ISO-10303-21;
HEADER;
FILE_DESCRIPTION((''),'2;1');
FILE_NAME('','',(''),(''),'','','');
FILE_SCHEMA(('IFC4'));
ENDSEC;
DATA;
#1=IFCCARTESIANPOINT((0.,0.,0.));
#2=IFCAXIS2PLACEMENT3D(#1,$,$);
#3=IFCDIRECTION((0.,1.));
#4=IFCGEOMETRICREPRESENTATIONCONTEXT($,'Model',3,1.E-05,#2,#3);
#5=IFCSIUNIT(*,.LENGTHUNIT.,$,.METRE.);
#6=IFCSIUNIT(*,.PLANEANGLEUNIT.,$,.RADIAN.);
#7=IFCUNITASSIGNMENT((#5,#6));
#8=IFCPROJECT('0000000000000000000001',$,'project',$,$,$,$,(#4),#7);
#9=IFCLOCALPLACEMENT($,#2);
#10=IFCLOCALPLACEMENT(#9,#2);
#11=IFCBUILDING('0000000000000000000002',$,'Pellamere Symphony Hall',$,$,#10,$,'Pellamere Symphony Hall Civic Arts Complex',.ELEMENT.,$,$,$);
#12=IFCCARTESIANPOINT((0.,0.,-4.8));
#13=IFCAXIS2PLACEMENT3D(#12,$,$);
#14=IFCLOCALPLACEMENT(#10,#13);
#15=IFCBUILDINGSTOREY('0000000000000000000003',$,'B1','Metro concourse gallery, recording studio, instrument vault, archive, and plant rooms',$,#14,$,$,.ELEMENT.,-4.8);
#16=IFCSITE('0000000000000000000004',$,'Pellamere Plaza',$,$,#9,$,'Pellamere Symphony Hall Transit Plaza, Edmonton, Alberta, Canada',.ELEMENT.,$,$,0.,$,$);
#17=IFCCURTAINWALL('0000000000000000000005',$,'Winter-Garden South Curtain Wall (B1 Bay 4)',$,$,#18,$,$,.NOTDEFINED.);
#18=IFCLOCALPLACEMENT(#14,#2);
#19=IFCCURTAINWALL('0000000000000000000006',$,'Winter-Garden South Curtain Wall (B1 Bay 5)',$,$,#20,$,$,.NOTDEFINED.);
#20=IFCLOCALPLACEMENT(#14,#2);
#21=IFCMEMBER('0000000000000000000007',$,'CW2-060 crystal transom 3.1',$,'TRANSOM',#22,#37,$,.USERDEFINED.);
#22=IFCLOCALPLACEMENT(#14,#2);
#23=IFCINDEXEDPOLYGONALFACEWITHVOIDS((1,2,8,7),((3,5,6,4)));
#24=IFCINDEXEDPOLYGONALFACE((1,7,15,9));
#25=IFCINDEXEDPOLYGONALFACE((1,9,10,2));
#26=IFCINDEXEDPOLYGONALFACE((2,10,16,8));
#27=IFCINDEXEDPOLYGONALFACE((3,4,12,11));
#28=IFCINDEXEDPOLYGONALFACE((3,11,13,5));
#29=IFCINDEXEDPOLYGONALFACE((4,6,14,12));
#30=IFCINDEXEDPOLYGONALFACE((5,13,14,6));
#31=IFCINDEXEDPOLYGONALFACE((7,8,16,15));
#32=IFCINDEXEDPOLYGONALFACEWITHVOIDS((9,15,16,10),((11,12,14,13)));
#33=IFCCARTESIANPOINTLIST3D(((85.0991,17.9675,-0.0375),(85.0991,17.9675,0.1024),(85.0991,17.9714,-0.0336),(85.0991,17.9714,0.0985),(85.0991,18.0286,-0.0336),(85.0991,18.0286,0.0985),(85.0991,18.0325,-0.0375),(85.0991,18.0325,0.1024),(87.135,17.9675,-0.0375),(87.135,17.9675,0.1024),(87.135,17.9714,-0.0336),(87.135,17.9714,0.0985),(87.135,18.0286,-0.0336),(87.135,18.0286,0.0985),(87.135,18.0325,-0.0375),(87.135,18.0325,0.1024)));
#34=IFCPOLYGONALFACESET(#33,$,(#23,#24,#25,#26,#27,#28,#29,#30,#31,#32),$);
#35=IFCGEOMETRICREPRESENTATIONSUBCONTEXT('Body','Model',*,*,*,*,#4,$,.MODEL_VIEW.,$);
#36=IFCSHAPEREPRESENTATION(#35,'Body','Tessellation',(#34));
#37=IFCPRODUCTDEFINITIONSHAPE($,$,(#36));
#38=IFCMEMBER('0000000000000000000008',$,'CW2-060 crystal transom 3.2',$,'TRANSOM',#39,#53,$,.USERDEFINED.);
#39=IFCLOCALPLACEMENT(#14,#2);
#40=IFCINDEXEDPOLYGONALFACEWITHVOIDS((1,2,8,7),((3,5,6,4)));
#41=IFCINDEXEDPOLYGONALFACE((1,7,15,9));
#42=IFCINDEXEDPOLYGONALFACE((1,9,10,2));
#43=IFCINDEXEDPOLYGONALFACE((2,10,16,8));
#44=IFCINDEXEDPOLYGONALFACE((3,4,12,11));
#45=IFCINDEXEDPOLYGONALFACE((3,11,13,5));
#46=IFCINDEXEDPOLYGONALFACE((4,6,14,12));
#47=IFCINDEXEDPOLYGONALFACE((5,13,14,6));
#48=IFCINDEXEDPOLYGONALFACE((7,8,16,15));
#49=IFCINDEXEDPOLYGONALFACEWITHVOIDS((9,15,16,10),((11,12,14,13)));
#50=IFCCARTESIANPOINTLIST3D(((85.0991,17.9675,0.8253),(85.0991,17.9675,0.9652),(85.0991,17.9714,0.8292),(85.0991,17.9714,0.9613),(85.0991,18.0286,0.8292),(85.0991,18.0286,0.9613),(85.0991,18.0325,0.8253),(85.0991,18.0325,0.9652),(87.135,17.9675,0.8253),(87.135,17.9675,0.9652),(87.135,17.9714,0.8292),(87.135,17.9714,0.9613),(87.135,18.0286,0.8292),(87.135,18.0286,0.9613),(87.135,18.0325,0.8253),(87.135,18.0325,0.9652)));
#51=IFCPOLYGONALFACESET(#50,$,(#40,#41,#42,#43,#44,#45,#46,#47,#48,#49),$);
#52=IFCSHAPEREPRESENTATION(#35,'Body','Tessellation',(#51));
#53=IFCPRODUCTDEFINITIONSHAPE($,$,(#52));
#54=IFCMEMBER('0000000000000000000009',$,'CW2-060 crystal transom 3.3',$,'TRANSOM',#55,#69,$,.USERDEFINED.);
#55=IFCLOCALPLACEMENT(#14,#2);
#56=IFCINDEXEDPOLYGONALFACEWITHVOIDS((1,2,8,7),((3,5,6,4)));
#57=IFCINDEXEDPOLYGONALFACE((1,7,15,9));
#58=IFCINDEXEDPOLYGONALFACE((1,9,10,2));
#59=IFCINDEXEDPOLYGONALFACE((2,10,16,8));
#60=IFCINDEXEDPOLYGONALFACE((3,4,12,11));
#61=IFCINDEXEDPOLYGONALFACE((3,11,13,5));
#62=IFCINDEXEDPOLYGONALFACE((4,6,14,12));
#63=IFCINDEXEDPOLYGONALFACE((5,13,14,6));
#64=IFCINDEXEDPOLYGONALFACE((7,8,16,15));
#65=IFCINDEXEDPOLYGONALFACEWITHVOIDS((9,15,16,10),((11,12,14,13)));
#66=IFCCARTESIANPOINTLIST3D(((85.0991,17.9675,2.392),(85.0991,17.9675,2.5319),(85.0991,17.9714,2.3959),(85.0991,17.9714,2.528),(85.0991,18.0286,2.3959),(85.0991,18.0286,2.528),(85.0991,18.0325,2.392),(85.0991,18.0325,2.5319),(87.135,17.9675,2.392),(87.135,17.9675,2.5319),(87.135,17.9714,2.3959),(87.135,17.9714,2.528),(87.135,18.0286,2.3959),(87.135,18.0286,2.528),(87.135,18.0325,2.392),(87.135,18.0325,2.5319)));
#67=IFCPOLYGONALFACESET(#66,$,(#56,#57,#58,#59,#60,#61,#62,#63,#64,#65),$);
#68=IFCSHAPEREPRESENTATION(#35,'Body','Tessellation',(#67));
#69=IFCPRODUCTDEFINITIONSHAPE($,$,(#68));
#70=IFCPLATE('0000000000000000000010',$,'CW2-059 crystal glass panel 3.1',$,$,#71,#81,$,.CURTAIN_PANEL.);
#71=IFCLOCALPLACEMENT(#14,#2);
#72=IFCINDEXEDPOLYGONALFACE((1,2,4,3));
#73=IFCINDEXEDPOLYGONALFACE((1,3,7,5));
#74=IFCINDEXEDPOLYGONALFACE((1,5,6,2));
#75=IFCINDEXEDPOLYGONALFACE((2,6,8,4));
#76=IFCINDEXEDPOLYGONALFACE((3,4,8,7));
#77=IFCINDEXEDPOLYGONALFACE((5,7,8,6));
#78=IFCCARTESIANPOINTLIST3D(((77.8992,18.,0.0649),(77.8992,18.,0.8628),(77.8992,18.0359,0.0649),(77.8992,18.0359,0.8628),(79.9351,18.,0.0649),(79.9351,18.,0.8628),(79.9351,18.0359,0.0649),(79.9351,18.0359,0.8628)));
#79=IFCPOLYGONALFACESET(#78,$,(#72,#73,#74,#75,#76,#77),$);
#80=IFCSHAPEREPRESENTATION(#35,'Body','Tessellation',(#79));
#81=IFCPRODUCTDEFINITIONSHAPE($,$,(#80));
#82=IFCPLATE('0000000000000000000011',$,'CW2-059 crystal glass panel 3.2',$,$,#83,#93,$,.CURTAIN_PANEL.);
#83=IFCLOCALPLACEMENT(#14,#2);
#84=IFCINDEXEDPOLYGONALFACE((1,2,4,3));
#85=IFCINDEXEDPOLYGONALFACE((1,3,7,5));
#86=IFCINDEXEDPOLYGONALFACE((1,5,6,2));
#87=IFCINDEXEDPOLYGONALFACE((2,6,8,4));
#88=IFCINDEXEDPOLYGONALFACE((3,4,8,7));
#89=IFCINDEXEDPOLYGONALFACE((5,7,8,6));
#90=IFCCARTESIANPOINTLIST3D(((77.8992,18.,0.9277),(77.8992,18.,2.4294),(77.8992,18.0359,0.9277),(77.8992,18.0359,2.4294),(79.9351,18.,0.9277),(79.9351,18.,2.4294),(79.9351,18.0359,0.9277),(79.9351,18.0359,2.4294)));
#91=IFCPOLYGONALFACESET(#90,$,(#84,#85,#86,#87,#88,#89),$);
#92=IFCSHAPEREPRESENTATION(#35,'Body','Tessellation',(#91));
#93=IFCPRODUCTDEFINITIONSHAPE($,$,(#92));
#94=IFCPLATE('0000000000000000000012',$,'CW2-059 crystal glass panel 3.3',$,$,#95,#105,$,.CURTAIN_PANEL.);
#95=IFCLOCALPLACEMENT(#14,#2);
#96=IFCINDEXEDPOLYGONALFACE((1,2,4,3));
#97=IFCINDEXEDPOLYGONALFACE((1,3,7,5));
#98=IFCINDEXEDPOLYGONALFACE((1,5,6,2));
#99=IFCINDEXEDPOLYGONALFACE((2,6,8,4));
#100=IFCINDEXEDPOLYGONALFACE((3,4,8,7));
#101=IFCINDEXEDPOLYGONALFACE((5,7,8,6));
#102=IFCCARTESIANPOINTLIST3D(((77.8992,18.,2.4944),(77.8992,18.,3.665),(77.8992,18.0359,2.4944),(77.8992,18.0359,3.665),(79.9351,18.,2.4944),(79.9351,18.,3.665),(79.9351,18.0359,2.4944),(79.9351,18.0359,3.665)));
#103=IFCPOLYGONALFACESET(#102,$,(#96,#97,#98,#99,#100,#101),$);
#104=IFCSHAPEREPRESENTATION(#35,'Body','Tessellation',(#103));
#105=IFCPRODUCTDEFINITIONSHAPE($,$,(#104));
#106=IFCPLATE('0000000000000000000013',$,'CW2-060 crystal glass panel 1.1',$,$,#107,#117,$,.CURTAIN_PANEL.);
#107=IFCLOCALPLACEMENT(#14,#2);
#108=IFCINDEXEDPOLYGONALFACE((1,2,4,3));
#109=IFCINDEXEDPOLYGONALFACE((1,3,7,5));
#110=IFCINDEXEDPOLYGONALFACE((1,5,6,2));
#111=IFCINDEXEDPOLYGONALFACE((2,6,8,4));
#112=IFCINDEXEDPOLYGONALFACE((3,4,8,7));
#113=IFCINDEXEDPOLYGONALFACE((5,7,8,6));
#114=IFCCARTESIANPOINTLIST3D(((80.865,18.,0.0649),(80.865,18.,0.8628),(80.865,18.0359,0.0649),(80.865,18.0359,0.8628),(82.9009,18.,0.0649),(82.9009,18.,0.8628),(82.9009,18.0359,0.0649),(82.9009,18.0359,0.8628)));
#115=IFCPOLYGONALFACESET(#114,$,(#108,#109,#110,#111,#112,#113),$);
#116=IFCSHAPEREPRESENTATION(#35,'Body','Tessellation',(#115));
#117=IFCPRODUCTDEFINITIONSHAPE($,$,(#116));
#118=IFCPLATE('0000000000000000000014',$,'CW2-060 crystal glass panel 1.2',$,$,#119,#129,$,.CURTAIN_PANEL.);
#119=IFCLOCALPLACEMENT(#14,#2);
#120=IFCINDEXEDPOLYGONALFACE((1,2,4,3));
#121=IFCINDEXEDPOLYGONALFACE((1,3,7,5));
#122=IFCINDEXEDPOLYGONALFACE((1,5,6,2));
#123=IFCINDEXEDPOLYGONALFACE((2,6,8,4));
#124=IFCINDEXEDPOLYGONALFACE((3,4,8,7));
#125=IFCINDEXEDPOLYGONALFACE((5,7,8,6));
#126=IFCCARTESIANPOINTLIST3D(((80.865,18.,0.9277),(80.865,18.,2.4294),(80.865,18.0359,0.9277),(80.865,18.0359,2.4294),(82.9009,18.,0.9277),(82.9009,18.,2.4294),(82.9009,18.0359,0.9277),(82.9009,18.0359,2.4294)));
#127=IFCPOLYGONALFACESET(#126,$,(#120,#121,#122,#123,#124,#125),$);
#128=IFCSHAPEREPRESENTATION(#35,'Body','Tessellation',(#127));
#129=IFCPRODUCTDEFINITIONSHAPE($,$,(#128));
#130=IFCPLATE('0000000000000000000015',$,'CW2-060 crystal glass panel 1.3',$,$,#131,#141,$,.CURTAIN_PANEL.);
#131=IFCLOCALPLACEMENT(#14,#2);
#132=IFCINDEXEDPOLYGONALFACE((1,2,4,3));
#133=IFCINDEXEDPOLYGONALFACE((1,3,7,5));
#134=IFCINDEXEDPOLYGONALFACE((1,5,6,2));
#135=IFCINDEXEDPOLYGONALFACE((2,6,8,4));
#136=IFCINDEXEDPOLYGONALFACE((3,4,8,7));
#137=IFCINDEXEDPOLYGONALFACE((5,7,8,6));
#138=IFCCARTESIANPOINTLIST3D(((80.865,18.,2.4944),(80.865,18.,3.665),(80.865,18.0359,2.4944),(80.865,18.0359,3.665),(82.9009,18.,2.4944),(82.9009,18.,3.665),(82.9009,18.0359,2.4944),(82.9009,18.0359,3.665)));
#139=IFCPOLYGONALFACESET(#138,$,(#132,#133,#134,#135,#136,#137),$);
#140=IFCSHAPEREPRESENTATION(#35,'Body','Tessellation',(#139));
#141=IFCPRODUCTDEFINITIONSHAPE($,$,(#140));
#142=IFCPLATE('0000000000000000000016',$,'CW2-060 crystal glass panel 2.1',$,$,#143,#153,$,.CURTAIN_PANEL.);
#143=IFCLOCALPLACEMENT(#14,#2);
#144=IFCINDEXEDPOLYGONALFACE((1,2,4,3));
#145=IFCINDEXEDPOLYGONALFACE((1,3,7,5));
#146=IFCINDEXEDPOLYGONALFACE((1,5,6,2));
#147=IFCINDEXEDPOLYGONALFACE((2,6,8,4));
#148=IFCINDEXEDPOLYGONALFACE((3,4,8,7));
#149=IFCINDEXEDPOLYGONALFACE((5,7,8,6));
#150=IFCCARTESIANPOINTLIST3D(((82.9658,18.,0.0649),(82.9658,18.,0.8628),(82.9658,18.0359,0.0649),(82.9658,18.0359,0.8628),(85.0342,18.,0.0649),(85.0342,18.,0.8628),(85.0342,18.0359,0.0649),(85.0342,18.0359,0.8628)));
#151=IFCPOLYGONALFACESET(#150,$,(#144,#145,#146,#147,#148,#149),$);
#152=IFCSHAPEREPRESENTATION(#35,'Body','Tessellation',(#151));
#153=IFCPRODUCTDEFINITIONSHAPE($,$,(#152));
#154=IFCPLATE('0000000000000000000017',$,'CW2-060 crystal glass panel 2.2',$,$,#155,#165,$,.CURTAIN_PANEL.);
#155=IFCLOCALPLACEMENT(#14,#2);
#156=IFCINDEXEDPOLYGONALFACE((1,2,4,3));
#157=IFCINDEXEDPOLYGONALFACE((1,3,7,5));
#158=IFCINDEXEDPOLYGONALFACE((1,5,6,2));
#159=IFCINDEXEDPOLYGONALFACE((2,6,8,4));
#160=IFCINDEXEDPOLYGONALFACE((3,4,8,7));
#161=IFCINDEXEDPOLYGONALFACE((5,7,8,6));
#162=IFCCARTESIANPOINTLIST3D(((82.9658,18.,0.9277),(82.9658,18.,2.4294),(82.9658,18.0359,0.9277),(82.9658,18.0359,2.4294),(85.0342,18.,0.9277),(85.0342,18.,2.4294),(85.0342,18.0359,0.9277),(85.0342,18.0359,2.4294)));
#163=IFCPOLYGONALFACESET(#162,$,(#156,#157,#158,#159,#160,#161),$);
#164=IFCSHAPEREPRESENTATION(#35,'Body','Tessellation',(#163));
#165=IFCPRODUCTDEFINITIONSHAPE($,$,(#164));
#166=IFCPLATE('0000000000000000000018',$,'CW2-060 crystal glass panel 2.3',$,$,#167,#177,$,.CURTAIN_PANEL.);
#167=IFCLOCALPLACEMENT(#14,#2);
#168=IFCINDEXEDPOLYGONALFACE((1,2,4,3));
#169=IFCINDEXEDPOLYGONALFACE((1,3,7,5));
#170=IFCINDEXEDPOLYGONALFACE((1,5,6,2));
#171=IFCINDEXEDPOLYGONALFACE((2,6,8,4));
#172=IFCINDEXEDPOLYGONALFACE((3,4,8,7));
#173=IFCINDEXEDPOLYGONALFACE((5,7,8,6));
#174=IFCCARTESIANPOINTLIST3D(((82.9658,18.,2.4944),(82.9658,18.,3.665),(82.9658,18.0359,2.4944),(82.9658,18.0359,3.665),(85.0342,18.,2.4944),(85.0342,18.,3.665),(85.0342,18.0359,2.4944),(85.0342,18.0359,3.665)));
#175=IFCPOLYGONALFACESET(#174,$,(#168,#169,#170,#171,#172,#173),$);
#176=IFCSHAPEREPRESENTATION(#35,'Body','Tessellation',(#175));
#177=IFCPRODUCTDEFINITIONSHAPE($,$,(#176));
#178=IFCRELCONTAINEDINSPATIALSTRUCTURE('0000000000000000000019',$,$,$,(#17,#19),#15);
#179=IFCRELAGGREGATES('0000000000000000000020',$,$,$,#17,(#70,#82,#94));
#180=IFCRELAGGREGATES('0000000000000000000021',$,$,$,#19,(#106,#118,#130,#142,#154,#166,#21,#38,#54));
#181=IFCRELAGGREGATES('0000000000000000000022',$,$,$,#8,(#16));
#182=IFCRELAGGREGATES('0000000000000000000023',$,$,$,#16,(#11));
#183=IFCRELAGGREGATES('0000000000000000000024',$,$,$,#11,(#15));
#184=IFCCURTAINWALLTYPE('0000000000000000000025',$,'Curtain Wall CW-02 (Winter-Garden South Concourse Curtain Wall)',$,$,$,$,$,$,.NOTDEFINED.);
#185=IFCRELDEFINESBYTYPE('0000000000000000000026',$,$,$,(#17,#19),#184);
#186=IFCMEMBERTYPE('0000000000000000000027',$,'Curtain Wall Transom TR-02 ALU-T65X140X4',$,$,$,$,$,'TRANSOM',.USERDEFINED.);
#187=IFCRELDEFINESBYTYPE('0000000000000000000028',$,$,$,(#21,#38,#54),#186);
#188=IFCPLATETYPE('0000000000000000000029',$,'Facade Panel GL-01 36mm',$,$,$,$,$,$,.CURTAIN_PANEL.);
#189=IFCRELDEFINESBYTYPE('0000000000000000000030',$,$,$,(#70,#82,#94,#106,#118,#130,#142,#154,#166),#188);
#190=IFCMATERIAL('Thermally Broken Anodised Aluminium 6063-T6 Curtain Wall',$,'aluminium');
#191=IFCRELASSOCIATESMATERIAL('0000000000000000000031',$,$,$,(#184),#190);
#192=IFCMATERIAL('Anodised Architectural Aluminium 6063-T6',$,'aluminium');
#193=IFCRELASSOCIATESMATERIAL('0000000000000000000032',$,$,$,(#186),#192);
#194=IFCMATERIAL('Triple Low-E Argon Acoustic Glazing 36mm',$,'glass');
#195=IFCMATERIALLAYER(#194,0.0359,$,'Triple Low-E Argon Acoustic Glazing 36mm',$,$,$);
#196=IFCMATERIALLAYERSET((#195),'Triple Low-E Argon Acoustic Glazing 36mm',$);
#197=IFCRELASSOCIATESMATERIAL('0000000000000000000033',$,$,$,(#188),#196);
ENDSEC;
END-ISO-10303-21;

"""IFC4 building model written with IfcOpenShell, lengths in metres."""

from ifc_helpers import new_model, si_unit, direction, frame, origin, origin_2d, place, context, subcontext, project, spatial, polyline, hollow_rectangle, outline, extrude, material, layer, layer_set, material_profile, profile_set, type_object, element, aggregate, save


model = new_model("IFC4")

# Units and contexts
model_context = context("Model", 3, precision=1e-05, world=origin(), true_north=direction((0.0, 1.0)))
body_context = subcontext(model_context, "Body", "Model", "MODEL_VIEW")
ifc_project = project(units=[si_unit("LENGTHUNIT", "METRE"), si_unit("PLANEANGLEUNIT", "RADIAN")], contexts=[model_context])

# Site, building, storey
site_placement = place(None, origin())
site = spatial("IfcSite", under=ifc_project, at=site_placement, Name="Pellamere Plaza", LongName="Pellamere Symphony Hall Transit Plaza, Edmonton, Alberta, Canada", CompositionType="ELEMENT", RefElevation=0.0)
building_placement = place(site_placement, origin())
building = spatial("IfcBuilding", under=site, at=building_placement, Name="Pellamere Symphony Hall", LongName="Pellamere Symphony Hall Civic Arts Complex", CompositionType="ELEMENT")
storey_placement = place(building_placement, frame((0.0, 0.0, -4.8)))
storey = spatial("IfcBuildingStorey", under=building, at=storey_placement, Name="B1", Description="Metro concourse gallery, recording studio, instrument vault, archive, and plant rooms", CompositionType="ELEMENT", Elevation=-4.8)

# Curtain walls
ifc_material_1 = material(Name="Thermally Broken Anodised Aluminium 6063-T6 Curtain Wall", Category="aluminium")
curtain_wall_type = type_object("IfcCurtainWallType", Name="Curtain Wall CW-02 (Winter-Garden South Concourse Curtain Wall)", PredefinedType="NOTDEFINED", material=ifc_material_1)
curtain_wall_1_placement = place(storey_placement, origin())
curtain_wall_1 = element("IfcCurtainWall", 1, at=curtain_wall_1_placement, inside=storey, type_object=curtain_wall_type, Name="Winter-Garden South Curtain Wall (B1 Bay 4)", PredefinedType="NOTDEFINED")
ifc_material_2 = material(Name="Anodised Architectural Aluminium 6063-T6", Category="aluminium")
curtain_wall_2_placement = place(storey_placement, origin())
curtain_wall_2 = element("IfcCurtainWall", 2, at=curtain_wall_2_placement, inside=storey, type_object=curtain_wall_type, Name="Winter-Garden South Curtain Wall (B1 Bay 5)", PredefinedType="NOTDEFINED")

# Members
ifc_material_profile_1 = material_profile(ifc_material_2, hollow_rectangle(XDim=0.0649, YDim=0.1399, WallThickness=0.0039, at=origin_2d()), Name="ALU-T65X140X4")
ifc_profile_set_1 = profile_set([ifc_material_profile_1], Name="Anodised Architectural Aluminium 6063-T6")
member_type_1 = type_object("IfcMemberType", Name="Curtain Wall Transom TR-02 ALU-T65X140X4", ElementType="TRANSOM", PredefinedType="USERDEFINED", material=ifc_profile_set_1)
member_1_placement = place(storey_placement, frame((85.0991, 18.0, 0.0325), z_axis=(1.0, 0.0, 0.0), x_axis=(0.0, 1.0, 0.0)))
member_1 = element("IfcMember", 3, at=member_1_placement, type_object=member_type_1, Name="CW2-060 crystal transom 3.1", ObjectType="TRANSOM", PredefinedType="USERDEFINED", context=body_context, shape_type="SweptSolid", body=[
    extrude(hollow_rectangle(XDim=0.0649, YDim=0.1399, WallThickness=0.0039, at=origin_2d()), origin(), (0.0, 0.0, 1.0), 2.0359),
])
member_2_placement = place(storey_placement, frame((85.0991, 18.0, 0.8953), z_axis=(1.0, 0.0, 0.0), x_axis=(0.0, 1.0, 0.0)))
member_2 = element("IfcMember", 4, at=member_2_placement, type_object=member_type_1, Name="CW2-060 crystal transom 3.2", ObjectType="TRANSOM", PredefinedType="USERDEFINED", context=body_context, shape_type="SweptSolid", body=[
    extrude(hollow_rectangle(XDim=0.0649, YDim=0.1399, WallThickness=0.0039, at=origin_2d()), origin(), (0.0, 0.0, 1.0), 2.0359),
])
member_3_placement = place(storey_placement, frame((85.0991, 18.0, 2.4619), z_axis=(1.0, 0.0, 0.0), x_axis=(0.0, 1.0, 0.0)))
member_3 = element("IfcMember", 5, at=member_3_placement, type_object=member_type_1, Name="CW2-060 crystal transom 3.3", ObjectType="TRANSOM", PredefinedType="USERDEFINED", context=body_context, shape_type="SweptSolid", body=[
    extrude(hollow_rectangle(XDim=0.0649, YDim=0.1399, WallThickness=0.0039, at=origin_2d()), origin(), (0.0, 0.0, 1.0), 2.0359),
])

# Plates
ifc_material_3 = material(Name="Triple Low-E Argon Acoustic Glazing 36mm", Category="glass")
ifc_layer = layer(ifc_material_3, 0.0359, Name="Triple Low-E Argon Acoustic Glazing 36mm")
ifc_layer_set = layer_set([ifc_layer], Name="Triple Low-E Argon Acoustic Glazing 36mm")
plate_type = type_object("IfcPlateType", Name="Facade Panel GL-01 36mm", PredefinedType="CURTAIN_PANEL", material=ifc_layer_set)
plate_1_placement = place(storey_placement, frame((77.8992, 18.0, 0.0649), z_axis=(0.0, -1.0, 0.0), x_axis=(1.0, 0.0, 0.0)))
plate_1 = element("IfcPlate", 6, at=plate_1_placement, type_object=plate_type, Name="CW2-059 crystal glass panel 3.1", PredefinedType="CURTAIN_PANEL", context=body_context, shape_type="SweptSolid", body=[
    extrude(outline(polyline([(0.0, 0.0), (2.0359, 0.0), (2.0359, 0.7979), (0.0, 0.7979), (0.0, 0.0)])), origin(), (0.0, 0.0, -1.0), 0.0359),
])
plate_2_placement = place(storey_placement, frame((77.8992, 18.0, 0.9277), z_axis=(0.0, -1.0, 0.0), x_axis=(1.0, 0.0, 0.0)))
plate_2 = element("IfcPlate", 7, at=plate_2_placement, type_object=plate_type, Name="CW2-059 crystal glass panel 3.2", PredefinedType="CURTAIN_PANEL", context=body_context, shape_type="SweptSolid", body=[
    extrude(outline(polyline([(0.0, 0.0), (2.0359, 0.0), (2.0359, 1.5017), (0.0, 1.5017), (0.0, 0.0)])), origin(), (0.0, 0.0, -1.0), 0.0359),
])
plate_3_placement = place(storey_placement, frame((77.8992, 18.0, 2.4944), z_axis=(0.0, -1.0, 0.0), x_axis=(1.0, 0.0, 0.0)))
plate_3 = element("IfcPlate", 8, at=plate_3_placement, type_object=plate_type, Name="CW2-059 crystal glass panel 3.3", PredefinedType="CURTAIN_PANEL", context=body_context, shape_type="SweptSolid", body=[
    extrude(outline(polyline([(0.0, 0.0), (2.0359, 0.0), (2.0359, 1.1707), (0.0, 1.1707), (0.0, 0.0)])), origin(), (0.0, 0.0, -1.0), 0.0359),
])
aggregate(curtain_wall_1, [plate_1, plate_2, plate_3])
plate_4_placement = place(storey_placement, frame((80.865, 18.0, 0.0649), z_axis=(0.0, -1.0, 0.0), x_axis=(1.0, 0.0, 0.0)))
plate_4 = element("IfcPlate", 9, at=plate_4_placement, type_object=plate_type, Name="CW2-060 crystal glass panel 1.1", PredefinedType="CURTAIN_PANEL", context=body_context, shape_type="SweptSolid", body=[
    extrude(outline(polyline([(0.0, 0.0), (2.0359, 0.0), (2.0359, 0.7979), (0.0, 0.7979), (0.0, 0.0)])), origin(), (0.0, 0.0, -1.0), 0.0359),
])
plate_5_placement = place(storey_placement, frame((80.865, 18.0, 0.9277), z_axis=(0.0, -1.0, 0.0), x_axis=(1.0, 0.0, 0.0)))
plate_5 = element("IfcPlate", 10, at=plate_5_placement, type_object=plate_type, Name="CW2-060 crystal glass panel 1.2", PredefinedType="CURTAIN_PANEL", context=body_context, shape_type="SweptSolid", body=[
    extrude(outline(polyline([(0.0, 0.0), (2.0359, 0.0), (2.0359, 1.5017), (0.0, 1.5017), (0.0, 0.0)])), origin(), (0.0, 0.0, -1.0), 0.0359),
])
plate_6_placement = place(storey_placement, frame((80.865, 18.0, 2.4944), z_axis=(0.0, -1.0, 0.0), x_axis=(1.0, 0.0, 0.0)))
plate_6 = element("IfcPlate", 11, at=plate_6_placement, type_object=plate_type, Name="CW2-060 crystal glass panel 1.3", PredefinedType="CURTAIN_PANEL", context=body_context, shape_type="SweptSolid", body=[
    extrude(outline(polyline([(0.0, 0.0), (2.0359, 0.0), (2.0359, 1.1707), (0.0, 1.1707), (0.0, 0.0)])), origin(), (0.0, 0.0, -1.0), 0.0359),
])
plate_7_placement = place(storey_placement, frame((82.9658, 18.0, 0.0649), z_axis=(0.0, -1.0, 0.0), x_axis=(1.0, 0.0, 0.0)))
plate_7 = element("IfcPlate", 12, at=plate_7_placement, type_object=plate_type, Name="CW2-060 crystal glass panel 2.1", PredefinedType="CURTAIN_PANEL", context=body_context, shape_type="SweptSolid", body=[
    extrude(outline(polyline([(0.0, 0.0), (2.0684, 0.0), (2.0684, 0.7979), (0.0, 0.7979), (0.0, 0.0)])), origin(), (0.0, 0.0, -1.0), 0.0359),
])
plate_8_placement = place(storey_placement, frame((82.9658, 18.0, 0.9277), z_axis=(0.0, -1.0, 0.0), x_axis=(1.0, 0.0, 0.0)))
plate_8 = element("IfcPlate", 13, at=plate_8_placement, type_object=plate_type, Name="CW2-060 crystal glass panel 2.2", PredefinedType="CURTAIN_PANEL", context=body_context, shape_type="SweptSolid", body=[
    extrude(outline(polyline([(0.0, 0.0), (2.0684, 0.0), (2.0684, 1.5017), (0.0, 1.5017), (0.0, 0.0)])), origin(), (0.0, 0.0, -1.0), 0.0359),
])
plate_9_placement = place(storey_placement, frame((82.9658, 18.0, 2.4944), z_axis=(0.0, -1.0, 0.0), x_axis=(1.0, 0.0, 0.0)))
plate_9 = element("IfcPlate", 14, at=plate_9_placement, type_object=plate_type, Name="CW2-060 crystal glass panel 2.3", PredefinedType="CURTAIN_PANEL", context=body_context, shape_type="SweptSolid", body=[
    extrude(outline(polyline([(0.0, 0.0), (2.0684, 0.0), (2.0684, 1.1707), (0.0, 1.1707), (0.0, 0.0)])), origin(), (0.0, 0.0, -1.0), 0.0359),
])
aggregate(curtain_wall_2, [plate_4, plate_5, plate_6, plate_7, plate_8, plate_9, member_1, member_2, member_3])

save(model, "model.ifc")
